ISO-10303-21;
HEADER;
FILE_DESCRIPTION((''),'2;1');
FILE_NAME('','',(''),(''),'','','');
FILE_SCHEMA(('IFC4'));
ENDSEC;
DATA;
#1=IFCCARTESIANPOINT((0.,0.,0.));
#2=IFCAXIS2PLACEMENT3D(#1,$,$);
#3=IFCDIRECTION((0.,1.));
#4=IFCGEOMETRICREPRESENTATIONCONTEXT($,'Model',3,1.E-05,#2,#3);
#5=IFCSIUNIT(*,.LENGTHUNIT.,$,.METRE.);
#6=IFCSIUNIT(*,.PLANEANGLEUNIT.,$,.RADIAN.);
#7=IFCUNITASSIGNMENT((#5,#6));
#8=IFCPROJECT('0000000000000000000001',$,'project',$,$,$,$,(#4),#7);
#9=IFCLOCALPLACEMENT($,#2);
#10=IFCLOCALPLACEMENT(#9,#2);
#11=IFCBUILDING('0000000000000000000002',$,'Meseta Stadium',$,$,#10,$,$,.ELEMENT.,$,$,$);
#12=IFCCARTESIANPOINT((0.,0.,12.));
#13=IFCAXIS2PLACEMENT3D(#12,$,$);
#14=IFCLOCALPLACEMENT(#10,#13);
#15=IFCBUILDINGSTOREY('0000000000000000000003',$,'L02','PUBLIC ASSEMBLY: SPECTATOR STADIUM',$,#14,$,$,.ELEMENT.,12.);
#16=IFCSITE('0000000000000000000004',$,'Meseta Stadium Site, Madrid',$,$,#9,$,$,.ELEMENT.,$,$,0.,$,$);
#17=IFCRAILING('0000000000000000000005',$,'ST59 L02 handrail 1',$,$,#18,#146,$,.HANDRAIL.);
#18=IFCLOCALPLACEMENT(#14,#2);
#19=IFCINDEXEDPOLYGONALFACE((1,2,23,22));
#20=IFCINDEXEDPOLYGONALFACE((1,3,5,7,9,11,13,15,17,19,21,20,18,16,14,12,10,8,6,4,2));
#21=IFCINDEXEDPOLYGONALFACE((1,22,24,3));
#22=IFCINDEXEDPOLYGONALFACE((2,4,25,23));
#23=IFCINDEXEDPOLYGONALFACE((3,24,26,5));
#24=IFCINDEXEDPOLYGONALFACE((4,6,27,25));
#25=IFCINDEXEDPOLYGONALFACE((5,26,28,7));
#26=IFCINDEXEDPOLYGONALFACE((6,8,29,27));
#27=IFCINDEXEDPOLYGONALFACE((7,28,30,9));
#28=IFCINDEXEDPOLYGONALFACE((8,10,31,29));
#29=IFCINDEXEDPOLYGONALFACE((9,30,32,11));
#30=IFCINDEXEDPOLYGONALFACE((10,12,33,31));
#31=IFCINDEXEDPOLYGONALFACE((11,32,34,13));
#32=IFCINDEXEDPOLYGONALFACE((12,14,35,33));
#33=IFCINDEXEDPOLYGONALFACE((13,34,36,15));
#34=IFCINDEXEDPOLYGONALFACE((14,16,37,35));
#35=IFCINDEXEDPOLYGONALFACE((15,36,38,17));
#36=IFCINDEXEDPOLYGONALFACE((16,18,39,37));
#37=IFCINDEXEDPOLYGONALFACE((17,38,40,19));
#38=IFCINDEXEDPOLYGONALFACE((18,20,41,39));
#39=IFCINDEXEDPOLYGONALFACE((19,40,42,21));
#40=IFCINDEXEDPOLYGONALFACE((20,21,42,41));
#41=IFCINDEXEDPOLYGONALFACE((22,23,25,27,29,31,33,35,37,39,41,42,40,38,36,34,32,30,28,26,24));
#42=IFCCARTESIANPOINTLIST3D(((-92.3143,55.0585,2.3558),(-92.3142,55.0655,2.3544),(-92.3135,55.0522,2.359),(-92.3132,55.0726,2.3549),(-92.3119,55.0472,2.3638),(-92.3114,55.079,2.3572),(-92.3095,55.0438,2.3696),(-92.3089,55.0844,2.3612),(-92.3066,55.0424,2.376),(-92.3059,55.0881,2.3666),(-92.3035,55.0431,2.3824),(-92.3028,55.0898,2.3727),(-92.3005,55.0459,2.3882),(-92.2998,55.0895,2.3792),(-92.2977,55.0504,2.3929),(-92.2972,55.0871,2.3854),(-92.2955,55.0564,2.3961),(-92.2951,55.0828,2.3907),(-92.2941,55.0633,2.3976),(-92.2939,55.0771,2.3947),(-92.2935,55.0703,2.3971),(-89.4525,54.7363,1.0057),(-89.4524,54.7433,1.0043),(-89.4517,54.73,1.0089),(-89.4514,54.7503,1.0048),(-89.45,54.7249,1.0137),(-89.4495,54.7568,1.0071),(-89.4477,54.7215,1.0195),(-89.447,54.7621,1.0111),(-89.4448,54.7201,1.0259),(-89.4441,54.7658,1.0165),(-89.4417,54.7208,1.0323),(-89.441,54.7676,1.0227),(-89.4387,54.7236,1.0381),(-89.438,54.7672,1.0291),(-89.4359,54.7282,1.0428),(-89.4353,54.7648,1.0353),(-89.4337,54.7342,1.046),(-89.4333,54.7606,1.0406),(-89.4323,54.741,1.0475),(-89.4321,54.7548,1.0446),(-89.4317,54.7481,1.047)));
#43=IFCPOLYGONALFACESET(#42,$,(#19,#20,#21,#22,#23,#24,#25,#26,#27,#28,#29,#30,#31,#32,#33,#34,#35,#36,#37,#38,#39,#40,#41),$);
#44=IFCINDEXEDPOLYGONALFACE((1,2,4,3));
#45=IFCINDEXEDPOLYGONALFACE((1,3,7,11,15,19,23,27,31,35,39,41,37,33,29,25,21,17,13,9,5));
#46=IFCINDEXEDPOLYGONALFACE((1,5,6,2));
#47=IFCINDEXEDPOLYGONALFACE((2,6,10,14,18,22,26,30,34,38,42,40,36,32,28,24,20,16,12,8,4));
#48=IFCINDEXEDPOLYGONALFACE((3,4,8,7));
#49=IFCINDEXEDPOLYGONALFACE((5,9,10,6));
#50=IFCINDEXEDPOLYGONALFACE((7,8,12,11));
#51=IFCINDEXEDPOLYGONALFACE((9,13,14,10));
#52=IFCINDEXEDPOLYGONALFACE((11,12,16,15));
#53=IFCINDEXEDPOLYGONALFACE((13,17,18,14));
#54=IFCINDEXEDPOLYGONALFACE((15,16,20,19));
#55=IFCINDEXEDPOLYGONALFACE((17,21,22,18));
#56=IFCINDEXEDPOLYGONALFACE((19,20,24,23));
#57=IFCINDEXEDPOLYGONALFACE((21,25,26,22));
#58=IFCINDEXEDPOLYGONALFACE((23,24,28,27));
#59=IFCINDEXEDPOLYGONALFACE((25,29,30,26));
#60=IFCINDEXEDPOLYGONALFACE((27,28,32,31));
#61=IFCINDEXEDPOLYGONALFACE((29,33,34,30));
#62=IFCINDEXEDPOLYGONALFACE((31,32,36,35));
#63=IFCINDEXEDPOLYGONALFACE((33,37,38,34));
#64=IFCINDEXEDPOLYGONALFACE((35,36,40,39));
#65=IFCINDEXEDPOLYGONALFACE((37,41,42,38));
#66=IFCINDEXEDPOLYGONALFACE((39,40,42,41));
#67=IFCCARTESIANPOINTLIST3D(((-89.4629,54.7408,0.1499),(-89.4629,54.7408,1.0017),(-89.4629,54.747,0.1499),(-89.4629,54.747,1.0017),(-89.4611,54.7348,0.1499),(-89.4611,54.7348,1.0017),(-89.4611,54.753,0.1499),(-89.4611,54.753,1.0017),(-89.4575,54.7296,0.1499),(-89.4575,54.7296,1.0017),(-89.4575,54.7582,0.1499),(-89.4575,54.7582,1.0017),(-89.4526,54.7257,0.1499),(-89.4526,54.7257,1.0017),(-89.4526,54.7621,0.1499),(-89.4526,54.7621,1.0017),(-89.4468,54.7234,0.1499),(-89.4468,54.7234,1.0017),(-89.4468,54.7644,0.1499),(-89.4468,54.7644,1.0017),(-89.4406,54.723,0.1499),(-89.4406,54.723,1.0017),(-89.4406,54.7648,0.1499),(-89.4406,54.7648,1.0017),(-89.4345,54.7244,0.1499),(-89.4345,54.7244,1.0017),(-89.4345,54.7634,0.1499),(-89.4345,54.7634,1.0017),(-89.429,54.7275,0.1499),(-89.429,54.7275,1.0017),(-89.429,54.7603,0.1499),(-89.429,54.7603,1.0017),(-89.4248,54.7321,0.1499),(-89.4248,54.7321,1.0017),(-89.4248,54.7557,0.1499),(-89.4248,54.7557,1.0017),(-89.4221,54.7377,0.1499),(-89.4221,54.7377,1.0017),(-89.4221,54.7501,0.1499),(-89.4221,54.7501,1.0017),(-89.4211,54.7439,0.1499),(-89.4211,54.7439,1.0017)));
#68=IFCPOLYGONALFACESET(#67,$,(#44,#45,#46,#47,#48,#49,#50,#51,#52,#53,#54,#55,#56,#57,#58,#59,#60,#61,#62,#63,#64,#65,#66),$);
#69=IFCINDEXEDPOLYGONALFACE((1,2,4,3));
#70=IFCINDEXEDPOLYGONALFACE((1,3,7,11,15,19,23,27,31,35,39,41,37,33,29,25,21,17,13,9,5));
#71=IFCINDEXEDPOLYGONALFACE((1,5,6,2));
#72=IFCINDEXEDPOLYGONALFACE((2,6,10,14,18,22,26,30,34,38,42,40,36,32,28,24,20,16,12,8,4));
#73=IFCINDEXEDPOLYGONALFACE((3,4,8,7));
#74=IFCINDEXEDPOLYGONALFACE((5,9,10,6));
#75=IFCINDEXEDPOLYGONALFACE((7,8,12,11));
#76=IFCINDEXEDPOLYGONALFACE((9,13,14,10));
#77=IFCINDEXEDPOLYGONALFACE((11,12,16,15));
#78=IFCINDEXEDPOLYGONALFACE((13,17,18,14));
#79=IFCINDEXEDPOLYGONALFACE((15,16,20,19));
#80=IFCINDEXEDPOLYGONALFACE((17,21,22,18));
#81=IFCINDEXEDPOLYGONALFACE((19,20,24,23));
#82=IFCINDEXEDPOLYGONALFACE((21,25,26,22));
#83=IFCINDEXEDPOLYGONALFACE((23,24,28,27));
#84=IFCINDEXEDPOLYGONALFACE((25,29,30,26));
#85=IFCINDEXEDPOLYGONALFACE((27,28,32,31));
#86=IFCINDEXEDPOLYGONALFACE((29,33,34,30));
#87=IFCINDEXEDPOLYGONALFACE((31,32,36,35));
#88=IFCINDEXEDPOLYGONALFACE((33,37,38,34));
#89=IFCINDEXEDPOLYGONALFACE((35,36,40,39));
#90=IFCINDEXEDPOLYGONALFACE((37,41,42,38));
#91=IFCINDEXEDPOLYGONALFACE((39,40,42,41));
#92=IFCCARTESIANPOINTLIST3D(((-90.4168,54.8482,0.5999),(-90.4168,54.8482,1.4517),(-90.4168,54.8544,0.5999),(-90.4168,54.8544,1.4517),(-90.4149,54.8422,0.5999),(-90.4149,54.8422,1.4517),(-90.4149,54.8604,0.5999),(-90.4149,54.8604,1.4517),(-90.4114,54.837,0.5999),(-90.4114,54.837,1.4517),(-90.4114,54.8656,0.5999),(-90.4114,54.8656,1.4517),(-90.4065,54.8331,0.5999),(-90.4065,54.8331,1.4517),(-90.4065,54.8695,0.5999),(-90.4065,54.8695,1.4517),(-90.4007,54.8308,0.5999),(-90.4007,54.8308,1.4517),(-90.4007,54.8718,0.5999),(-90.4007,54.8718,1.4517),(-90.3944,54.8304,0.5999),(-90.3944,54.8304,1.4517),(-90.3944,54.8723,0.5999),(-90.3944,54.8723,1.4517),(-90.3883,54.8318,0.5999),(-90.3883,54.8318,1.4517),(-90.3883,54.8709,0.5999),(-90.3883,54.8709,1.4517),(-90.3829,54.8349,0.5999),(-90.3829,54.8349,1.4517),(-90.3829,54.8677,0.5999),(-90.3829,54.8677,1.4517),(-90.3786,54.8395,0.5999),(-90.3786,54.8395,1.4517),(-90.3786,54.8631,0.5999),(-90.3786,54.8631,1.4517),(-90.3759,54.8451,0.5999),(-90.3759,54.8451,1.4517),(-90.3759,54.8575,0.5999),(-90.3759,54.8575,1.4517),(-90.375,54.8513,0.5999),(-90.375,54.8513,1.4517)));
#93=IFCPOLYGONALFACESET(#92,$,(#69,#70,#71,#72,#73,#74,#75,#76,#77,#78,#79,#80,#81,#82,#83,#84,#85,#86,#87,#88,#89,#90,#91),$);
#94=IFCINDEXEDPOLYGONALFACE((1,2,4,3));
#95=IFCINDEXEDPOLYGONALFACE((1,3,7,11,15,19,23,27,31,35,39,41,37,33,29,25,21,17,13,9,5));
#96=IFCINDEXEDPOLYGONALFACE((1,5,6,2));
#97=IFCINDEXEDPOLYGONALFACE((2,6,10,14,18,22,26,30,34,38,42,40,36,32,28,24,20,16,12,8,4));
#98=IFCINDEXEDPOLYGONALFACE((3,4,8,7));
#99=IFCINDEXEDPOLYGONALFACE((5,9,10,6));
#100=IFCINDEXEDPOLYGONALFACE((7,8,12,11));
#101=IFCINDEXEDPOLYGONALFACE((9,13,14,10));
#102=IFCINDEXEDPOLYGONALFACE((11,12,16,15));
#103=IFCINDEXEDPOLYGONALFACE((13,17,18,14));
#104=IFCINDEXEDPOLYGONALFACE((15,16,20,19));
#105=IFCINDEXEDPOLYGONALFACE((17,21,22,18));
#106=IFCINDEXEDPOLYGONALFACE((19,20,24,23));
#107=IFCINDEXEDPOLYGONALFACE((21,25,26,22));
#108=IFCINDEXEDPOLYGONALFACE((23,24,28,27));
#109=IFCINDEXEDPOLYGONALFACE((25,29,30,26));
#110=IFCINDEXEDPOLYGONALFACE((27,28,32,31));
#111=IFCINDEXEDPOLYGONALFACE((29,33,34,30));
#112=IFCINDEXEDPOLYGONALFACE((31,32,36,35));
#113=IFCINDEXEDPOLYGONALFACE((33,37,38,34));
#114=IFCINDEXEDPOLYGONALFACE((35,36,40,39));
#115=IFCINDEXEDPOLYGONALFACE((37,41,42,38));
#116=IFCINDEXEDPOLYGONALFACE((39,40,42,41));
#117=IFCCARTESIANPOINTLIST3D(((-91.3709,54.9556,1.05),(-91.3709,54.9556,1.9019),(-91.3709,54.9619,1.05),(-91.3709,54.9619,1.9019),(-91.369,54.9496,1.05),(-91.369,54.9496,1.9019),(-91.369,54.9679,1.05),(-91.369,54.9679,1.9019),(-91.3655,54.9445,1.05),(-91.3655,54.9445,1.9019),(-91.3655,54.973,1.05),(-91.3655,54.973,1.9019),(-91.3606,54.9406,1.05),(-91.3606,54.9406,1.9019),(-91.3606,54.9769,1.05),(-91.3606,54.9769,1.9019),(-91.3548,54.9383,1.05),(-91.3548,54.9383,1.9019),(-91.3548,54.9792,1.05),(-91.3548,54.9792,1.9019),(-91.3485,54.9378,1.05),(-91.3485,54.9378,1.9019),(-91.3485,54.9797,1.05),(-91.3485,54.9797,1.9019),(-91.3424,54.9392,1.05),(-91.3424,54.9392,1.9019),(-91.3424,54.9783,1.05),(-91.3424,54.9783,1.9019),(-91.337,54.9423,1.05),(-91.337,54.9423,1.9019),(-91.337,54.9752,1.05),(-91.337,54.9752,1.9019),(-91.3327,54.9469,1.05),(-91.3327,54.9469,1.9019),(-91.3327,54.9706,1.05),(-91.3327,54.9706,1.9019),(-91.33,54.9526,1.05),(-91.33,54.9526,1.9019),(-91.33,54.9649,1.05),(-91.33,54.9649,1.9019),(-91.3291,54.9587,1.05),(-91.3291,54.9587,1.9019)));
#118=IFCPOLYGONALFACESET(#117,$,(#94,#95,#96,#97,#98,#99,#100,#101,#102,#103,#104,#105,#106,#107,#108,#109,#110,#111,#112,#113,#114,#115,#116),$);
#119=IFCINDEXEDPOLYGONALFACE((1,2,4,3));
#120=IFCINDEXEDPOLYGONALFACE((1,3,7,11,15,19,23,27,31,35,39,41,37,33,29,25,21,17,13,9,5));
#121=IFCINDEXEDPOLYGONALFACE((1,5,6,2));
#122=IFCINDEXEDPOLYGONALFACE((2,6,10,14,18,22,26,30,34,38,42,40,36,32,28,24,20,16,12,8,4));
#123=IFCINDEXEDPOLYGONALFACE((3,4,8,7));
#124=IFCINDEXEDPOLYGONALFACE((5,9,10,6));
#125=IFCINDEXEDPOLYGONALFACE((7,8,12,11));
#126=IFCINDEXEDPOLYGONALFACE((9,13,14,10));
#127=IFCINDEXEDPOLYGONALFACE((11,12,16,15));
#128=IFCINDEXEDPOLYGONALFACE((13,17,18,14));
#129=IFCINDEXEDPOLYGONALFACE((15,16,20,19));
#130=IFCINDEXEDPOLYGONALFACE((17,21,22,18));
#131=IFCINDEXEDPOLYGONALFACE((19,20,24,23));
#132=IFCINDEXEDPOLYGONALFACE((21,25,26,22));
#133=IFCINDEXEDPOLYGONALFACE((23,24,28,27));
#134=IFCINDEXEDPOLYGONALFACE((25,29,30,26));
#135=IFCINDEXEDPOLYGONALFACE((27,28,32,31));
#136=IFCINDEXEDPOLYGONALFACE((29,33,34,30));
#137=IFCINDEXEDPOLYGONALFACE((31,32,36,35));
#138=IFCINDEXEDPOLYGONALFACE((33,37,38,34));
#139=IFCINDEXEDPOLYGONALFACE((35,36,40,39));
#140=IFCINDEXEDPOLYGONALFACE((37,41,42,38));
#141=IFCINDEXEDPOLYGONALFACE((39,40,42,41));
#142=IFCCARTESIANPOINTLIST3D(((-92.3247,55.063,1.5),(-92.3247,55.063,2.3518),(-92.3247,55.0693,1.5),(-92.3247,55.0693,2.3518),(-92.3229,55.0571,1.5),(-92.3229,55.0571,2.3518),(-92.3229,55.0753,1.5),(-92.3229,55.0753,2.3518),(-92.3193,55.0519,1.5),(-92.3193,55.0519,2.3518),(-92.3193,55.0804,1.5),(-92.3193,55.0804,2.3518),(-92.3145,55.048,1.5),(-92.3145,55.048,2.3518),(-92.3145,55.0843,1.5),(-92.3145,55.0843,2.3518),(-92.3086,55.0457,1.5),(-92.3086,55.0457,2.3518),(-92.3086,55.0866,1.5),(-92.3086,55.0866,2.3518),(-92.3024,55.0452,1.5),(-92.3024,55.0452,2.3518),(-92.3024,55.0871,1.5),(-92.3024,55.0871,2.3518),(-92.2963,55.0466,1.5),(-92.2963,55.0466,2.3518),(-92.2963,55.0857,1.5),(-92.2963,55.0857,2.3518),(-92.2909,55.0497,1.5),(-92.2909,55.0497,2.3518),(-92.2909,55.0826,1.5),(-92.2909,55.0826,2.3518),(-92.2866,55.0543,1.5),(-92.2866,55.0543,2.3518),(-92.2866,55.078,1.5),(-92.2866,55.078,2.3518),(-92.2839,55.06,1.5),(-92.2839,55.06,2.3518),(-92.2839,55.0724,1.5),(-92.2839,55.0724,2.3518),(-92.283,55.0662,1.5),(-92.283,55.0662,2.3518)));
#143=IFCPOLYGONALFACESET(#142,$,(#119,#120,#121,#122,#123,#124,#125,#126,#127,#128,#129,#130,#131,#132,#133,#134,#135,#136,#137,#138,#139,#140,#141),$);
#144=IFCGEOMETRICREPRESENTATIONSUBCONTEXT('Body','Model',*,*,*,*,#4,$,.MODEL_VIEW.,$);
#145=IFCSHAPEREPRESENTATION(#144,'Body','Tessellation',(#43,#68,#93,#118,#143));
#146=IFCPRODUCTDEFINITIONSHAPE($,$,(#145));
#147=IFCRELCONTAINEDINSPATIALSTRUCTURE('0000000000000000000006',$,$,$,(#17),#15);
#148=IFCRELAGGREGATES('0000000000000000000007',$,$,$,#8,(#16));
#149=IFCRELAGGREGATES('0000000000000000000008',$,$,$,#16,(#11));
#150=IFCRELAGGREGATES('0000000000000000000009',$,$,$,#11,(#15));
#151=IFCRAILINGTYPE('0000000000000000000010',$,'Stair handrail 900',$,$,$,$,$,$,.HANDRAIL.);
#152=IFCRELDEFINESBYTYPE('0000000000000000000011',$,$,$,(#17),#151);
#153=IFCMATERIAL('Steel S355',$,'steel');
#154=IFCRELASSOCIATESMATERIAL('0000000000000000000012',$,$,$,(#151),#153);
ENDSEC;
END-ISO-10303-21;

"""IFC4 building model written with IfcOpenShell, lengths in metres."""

from ifc_helpers import new_model, si_unit, direction, frame, origin, origin_2d, place, context, subcontext, project, spatial, circle, extrude, material, type_object, element, save


model = new_model("IFC4")

# Units and contexts
model_context = context("Model", 3, precision=1e-05, world=origin(), true_north=direction((0.0, 1.0)))
body_context = subcontext(model_context, "Body", "Model", "MODEL_VIEW")
ifc_project = project(units=[si_unit("LENGTHUNIT", "METRE"), si_unit("PLANEANGLEUNIT", "RADIAN")], contexts=[model_context])

# Site, building, storey
site_placement = place(None, origin())
site = spatial("IfcSite", under=ifc_project, at=site_placement, Name="Meseta Stadium Site, Madrid", CompositionType="ELEMENT", RefElevation=0.0)
building_placement = place(site_placement, origin())
building = spatial("IfcBuilding", under=site, at=building_placement, Name="Meseta Stadium", CompositionType="ELEMENT")
storey_placement = place(building_placement, frame((0.0, 0.0, 12.0)))
storey = spatial("IfcBuildingStorey", under=building, at=storey_placement, Name="L02", Description="PUBLIC ASSEMBLY: SPECTATOR STADIUM", CompositionType="ELEMENT", Elevation=12.0)

# Railing
ifc_material_1 = material(Name="Steel S355", Category="steel")
railing_type_1 = type_object("IfcRailingType", Name="Stair handrail 900", PredefinedType="HANDRAIL", material=ifc_material_1)
for number, where, name in (
    (1, (-89.4421, 54.7439, 0.1499), "ST59 L02 handrail 1"),
):
    element("IfcRailing", number, at=place(storey_placement, frame(where)), inside=storey, type_object=railing_type_1, Name=name, PredefinedType="HANDRAIL", context=body_context, shape_type="SweptSolid", body=[
        extrude(circle(Radius=0.0239, at=origin_2d()), frame((0.0, 0.0, 0.876), z_axis=(-0.899755, 0.10132, 0.424471), x_axis=(-0.111902, -0.993719, 0.0)), (0.0, 0.0, 1.0), 3.1807),
        extrude(circle(Radius=0.021, at=origin_2d()), origin(), (0.0, 0.0, 1.0), 0.8518),
        extrude(circle(Radius=0.021, at=origin_2d()), frame((-0.9539, 0.1074, 0.45)), (0.0, 0.0, 1.0), 0.8518),
        extrude(circle(Radius=0.021, at=origin_2d()), frame((-1.908, 0.2148, 0.9001)), (0.0, 0.0, 1.0), 0.8518),
        extrude(circle(Radius=0.021, at=origin_2d()), frame((-2.8618, 0.3223, 1.3501)), (0.0, 0.0, 1.0), 0.8518),
    ])

save(model, "model.ifc")
